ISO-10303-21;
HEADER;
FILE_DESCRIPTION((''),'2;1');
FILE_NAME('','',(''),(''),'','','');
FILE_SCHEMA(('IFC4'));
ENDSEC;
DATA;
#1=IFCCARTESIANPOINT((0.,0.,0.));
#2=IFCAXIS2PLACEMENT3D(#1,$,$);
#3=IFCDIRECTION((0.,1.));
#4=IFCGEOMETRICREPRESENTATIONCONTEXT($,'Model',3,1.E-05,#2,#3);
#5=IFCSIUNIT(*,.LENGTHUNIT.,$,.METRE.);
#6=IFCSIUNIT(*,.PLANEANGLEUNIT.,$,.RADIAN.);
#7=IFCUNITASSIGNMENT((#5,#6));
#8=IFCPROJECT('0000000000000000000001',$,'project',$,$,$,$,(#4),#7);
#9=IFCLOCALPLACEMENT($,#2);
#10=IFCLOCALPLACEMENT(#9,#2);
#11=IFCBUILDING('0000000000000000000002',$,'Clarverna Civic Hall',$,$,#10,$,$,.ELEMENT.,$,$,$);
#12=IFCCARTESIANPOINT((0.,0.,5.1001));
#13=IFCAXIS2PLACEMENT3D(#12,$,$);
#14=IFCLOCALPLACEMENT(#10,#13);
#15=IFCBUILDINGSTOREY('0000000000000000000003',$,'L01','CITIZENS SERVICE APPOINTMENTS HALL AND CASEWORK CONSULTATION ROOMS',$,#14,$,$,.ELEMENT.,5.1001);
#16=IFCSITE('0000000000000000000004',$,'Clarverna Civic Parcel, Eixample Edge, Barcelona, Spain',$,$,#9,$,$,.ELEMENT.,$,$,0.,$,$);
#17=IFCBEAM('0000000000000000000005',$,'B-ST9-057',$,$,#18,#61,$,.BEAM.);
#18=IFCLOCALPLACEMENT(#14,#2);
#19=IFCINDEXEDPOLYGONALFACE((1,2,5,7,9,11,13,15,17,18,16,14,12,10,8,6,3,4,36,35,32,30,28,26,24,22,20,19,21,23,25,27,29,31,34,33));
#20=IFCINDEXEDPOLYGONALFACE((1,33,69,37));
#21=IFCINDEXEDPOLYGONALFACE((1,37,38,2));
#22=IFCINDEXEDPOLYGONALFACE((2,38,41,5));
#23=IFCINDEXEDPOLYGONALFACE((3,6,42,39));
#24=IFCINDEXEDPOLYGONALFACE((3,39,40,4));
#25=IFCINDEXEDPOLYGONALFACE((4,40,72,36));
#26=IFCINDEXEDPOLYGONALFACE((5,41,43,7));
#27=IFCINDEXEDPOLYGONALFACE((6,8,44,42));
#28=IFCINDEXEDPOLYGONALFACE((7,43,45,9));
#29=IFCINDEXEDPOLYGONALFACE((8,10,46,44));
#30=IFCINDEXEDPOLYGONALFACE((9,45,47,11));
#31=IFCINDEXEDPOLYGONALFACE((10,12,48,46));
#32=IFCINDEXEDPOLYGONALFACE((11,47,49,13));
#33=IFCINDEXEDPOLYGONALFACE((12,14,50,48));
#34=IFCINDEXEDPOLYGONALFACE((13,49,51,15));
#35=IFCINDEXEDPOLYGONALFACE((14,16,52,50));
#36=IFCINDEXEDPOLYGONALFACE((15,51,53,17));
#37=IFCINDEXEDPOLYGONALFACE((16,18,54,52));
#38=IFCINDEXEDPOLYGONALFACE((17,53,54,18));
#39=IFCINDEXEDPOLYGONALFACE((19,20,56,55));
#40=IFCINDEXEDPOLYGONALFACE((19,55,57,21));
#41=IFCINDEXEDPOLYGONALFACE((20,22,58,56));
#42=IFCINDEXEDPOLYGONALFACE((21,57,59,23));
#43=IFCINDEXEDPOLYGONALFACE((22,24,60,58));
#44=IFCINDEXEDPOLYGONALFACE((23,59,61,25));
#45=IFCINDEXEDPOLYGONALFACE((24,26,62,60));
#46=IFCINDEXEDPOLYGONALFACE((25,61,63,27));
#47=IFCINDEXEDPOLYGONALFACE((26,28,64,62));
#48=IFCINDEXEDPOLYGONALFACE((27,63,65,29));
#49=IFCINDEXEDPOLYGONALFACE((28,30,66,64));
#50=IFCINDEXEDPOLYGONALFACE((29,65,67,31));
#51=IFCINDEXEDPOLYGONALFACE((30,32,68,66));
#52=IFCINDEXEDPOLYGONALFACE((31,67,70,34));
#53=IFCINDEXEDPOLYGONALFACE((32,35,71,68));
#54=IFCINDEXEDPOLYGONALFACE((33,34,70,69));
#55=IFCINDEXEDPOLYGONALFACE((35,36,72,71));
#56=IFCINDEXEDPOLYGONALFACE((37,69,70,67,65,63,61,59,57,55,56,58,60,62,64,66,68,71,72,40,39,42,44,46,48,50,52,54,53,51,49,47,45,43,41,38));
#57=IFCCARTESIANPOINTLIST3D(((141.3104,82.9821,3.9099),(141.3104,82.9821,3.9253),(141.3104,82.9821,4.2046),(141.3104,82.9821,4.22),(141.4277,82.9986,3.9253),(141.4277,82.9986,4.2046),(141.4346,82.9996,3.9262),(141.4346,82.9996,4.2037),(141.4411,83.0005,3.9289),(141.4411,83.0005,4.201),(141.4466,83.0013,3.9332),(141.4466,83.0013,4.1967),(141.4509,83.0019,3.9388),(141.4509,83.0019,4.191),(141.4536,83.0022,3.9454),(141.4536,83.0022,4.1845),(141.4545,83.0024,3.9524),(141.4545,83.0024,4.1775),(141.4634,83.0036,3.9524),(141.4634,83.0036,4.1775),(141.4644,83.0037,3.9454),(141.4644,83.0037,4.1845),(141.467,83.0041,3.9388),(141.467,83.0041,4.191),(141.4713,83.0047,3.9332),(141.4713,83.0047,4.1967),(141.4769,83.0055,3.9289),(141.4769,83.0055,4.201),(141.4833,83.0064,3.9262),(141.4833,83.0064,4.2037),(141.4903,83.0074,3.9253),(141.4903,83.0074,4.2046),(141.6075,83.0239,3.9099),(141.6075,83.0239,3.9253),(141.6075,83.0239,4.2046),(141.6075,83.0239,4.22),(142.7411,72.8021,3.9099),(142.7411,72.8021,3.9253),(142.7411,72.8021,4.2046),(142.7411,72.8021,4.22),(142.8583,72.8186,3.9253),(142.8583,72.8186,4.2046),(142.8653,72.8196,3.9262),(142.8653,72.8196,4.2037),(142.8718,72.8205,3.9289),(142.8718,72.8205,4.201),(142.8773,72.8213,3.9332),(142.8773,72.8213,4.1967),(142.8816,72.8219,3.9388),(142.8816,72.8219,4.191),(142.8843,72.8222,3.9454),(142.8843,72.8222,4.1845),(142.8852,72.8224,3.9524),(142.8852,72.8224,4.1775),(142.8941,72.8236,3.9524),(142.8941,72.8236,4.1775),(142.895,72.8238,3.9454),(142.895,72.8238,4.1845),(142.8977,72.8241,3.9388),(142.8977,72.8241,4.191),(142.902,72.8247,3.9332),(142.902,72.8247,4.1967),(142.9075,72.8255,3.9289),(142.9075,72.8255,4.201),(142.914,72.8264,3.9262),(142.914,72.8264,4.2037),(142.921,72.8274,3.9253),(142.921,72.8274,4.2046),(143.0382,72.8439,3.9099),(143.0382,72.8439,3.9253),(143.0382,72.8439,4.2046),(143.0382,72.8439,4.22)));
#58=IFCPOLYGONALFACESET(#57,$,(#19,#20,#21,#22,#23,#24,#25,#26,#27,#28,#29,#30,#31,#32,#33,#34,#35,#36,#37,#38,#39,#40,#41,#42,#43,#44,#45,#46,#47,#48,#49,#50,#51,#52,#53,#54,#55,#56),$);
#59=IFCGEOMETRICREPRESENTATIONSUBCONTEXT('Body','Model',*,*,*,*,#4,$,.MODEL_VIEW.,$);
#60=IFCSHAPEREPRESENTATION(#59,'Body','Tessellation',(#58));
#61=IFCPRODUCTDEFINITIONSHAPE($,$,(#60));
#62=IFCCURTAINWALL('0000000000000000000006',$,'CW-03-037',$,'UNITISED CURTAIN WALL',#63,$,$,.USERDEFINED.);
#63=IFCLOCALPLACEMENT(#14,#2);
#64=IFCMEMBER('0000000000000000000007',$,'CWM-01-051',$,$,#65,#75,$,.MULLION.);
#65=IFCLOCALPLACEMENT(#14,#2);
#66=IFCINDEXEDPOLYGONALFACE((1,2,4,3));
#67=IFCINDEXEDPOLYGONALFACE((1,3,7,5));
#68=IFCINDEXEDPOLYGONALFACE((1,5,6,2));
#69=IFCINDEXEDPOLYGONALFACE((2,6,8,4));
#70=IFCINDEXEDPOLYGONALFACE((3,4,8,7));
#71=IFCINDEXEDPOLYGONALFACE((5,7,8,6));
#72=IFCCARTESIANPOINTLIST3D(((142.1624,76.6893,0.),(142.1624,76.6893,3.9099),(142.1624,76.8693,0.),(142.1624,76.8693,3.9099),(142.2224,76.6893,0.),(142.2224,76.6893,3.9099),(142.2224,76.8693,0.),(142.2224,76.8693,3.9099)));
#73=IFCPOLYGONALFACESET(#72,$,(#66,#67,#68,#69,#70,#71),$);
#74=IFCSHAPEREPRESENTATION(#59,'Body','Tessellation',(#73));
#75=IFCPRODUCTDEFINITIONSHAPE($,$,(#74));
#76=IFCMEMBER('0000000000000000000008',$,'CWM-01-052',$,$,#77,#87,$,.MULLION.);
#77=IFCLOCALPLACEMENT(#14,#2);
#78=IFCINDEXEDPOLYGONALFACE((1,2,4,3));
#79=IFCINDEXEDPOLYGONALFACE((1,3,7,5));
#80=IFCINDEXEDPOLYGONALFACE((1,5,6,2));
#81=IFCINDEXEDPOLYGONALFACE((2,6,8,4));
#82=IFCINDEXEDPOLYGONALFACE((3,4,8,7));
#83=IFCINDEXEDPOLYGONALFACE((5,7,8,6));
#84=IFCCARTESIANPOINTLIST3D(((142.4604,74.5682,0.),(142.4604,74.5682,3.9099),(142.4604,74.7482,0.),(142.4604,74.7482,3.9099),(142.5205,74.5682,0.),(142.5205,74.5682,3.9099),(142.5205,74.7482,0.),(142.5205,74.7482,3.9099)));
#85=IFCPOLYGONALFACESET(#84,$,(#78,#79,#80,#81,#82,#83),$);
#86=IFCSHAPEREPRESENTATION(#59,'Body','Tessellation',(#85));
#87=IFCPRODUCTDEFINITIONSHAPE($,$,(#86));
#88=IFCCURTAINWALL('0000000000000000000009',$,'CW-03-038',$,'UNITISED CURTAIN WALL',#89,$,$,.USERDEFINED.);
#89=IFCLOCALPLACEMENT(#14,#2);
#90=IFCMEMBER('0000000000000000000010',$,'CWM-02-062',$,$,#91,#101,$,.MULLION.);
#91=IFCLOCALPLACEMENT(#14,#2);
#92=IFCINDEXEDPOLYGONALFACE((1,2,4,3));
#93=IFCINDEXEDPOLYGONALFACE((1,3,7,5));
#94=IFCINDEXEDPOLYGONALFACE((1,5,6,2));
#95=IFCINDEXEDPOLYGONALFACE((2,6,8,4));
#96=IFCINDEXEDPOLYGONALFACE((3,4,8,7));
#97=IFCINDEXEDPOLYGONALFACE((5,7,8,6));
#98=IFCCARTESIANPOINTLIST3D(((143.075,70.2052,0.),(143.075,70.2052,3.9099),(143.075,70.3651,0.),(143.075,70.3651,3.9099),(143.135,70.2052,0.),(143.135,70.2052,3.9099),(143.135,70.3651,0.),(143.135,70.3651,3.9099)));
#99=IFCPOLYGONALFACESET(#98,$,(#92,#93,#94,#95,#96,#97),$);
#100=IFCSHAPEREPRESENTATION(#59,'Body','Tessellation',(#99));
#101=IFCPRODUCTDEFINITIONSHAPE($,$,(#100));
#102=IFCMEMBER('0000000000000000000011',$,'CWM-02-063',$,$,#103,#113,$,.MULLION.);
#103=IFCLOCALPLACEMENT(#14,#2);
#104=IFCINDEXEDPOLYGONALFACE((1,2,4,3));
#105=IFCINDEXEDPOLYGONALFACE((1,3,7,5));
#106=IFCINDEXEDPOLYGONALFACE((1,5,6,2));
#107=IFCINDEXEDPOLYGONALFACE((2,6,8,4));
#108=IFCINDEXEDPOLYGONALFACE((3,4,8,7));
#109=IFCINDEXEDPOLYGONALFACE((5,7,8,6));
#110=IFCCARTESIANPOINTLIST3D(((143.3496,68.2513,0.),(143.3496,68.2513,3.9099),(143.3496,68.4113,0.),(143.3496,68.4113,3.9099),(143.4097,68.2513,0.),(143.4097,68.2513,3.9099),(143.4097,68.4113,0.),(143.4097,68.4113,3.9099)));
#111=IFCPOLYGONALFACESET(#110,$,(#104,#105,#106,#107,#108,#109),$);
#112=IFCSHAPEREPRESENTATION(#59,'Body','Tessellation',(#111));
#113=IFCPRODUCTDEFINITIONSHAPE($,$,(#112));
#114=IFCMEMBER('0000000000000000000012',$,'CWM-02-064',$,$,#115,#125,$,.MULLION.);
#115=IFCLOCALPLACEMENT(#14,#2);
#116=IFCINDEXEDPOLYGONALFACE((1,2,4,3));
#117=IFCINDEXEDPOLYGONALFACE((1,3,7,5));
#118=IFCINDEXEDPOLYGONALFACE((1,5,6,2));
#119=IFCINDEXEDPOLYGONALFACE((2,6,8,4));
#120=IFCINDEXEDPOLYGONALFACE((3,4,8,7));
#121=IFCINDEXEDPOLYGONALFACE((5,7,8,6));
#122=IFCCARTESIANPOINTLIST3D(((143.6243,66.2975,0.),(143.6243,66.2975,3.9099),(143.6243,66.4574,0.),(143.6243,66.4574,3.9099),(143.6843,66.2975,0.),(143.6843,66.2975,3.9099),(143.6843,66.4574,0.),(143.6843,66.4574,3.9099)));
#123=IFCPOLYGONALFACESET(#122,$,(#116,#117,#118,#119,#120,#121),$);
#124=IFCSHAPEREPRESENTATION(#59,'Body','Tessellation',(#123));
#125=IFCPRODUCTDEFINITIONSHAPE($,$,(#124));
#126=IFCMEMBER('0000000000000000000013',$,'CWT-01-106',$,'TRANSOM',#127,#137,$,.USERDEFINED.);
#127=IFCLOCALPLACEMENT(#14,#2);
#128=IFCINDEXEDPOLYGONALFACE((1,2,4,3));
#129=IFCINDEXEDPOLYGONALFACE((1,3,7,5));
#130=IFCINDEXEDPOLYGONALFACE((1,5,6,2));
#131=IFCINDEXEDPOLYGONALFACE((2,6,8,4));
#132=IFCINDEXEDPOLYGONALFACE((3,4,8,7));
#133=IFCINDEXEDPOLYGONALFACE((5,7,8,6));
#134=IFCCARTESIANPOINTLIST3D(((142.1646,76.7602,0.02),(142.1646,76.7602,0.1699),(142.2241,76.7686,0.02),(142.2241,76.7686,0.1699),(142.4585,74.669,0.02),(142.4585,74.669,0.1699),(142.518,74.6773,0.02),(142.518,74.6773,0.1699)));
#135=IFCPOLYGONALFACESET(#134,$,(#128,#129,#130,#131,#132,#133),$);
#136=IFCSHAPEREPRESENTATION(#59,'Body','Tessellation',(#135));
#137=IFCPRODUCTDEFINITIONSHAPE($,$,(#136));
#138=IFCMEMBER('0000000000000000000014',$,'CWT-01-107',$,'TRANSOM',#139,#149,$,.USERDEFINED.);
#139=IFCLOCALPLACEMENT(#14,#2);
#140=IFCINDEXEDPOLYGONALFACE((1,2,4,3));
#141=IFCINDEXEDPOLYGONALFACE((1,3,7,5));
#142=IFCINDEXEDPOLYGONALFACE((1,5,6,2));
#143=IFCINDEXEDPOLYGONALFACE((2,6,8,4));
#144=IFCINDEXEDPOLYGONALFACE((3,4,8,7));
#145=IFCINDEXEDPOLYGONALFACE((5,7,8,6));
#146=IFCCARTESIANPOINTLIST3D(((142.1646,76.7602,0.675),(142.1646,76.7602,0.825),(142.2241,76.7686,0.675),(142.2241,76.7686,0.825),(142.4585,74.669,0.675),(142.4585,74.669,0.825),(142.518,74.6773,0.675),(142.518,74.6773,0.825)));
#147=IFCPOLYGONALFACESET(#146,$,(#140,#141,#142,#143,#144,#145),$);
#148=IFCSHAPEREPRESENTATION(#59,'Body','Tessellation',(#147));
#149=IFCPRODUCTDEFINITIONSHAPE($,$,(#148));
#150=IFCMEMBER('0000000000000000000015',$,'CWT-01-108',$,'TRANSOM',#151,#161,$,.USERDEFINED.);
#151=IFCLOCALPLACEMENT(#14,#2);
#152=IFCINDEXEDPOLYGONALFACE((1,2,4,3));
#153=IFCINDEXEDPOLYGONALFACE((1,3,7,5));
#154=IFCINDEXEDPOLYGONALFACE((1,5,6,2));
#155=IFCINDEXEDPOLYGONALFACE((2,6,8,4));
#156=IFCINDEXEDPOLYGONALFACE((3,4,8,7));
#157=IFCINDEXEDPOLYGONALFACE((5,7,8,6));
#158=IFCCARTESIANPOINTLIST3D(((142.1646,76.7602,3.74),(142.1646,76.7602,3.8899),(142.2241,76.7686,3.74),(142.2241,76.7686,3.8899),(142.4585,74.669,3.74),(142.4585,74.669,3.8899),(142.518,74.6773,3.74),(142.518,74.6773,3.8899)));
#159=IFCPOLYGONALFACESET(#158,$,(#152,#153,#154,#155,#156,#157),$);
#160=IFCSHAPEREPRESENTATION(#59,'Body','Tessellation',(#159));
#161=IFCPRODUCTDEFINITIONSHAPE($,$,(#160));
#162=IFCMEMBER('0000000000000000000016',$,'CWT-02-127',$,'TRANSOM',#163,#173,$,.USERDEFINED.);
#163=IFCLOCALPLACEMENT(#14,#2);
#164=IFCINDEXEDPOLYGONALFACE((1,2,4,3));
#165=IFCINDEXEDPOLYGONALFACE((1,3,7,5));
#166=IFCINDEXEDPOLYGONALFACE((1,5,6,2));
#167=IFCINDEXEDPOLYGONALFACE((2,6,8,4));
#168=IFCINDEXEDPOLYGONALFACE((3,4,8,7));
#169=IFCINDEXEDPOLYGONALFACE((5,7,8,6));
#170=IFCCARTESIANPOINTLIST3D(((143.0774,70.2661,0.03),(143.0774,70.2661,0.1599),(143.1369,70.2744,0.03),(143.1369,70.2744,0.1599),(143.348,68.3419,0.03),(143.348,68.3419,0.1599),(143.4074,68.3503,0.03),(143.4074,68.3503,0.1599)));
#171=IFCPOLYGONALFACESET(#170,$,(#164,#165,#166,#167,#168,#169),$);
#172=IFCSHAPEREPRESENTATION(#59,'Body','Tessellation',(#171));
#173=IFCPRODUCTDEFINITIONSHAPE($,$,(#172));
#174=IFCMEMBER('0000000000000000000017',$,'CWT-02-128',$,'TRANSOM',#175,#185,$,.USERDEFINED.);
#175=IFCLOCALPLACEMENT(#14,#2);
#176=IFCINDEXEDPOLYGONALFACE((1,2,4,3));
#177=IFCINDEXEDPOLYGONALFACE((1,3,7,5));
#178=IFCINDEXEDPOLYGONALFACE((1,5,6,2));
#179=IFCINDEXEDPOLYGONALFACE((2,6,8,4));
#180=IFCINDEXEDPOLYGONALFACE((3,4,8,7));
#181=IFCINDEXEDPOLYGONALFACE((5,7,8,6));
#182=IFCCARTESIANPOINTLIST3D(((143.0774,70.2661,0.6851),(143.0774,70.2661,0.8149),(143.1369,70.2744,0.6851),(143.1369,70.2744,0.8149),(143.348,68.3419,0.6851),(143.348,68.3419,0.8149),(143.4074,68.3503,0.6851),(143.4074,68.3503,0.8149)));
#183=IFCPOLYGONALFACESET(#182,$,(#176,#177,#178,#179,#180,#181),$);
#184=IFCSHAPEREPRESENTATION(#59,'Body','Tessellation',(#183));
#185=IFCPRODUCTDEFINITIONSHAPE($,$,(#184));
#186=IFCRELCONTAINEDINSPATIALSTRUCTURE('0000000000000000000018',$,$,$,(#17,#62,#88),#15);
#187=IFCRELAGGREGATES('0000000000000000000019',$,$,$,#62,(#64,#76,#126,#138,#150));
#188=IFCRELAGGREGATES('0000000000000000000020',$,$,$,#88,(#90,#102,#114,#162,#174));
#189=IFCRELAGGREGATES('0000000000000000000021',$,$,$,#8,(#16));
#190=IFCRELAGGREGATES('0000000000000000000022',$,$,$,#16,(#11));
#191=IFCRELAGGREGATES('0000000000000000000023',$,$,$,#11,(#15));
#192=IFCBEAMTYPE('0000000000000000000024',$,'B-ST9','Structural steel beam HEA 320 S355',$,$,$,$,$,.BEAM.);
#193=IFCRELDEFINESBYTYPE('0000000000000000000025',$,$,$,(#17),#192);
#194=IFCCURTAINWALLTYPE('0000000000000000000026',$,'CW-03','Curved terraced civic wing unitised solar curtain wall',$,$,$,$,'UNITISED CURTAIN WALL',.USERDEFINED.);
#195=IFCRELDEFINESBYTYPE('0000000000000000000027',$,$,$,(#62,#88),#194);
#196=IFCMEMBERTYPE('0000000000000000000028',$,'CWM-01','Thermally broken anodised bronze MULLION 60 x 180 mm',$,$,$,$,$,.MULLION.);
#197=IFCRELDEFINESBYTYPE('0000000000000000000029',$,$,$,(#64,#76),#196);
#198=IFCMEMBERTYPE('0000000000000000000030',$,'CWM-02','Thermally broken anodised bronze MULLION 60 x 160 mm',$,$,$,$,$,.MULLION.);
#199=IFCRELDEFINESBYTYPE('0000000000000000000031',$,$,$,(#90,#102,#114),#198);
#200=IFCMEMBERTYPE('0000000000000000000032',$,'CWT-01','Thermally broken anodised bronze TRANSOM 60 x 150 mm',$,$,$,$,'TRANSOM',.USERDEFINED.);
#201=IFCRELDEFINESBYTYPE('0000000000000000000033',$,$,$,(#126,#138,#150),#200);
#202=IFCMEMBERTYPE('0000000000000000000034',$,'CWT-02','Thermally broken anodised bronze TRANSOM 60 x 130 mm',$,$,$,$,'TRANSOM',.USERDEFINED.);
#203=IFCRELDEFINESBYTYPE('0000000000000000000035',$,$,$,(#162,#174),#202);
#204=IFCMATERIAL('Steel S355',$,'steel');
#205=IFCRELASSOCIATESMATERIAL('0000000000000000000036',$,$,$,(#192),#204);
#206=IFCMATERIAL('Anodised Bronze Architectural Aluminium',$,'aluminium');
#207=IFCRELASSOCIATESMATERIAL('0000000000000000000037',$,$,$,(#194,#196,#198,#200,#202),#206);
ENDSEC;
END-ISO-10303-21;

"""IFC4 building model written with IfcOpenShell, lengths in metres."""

from ifc_helpers import new_model, si_unit, direction, frame, origin, origin_2d, place, context, subcontext, project, spatial, rectangle, i_section, extrude, material, material_profile, profile_set, type_object, element, aggregate, save


model = new_model("IFC4")

# Units and contexts
model_context = context("Model", 3, precision=1e-05, world=origin(), true_north=direction((0.0, 1.0)))
body_context = subcontext(model_context, "Body", "Model", "MODEL_VIEW")
ifc_project = project(units=[si_unit("LENGTHUNIT", "METRE"), si_unit("PLANEANGLEUNIT", "RADIAN")], contexts=[model_context])

# Site, building, storey
site_placement = place(None, origin())
site = spatial("IfcSite", under=ifc_project, at=site_placement, Name="Clarverna Civic Parcel, Eixample Edge, Barcelona, Spain", CompositionType="ELEMENT", RefElevation=0.0)
building_placement = place(site_placement, origin())
building = spatial("IfcBuilding", under=site, at=building_placement, Name="Clarverna Civic Hall", CompositionType="ELEMENT")
storey_placement = place(building_placement, frame((0.0, 0.0, 5.1001)))
storey = spatial("IfcBuildingStorey", under=building, at=storey_placement, Name="L01", Description="CITIZENS SERVICE APPOINTMENTS HALL AND CASEWORK CONSULTATION ROOMS", CompositionType="ELEMENT", Elevation=5.1001)

# Beam
ifc_material_1 = material(Name="Steel S355", Category="steel")
ifc_material_profile_1 = material_profile(ifc_material_1, i_section(OverallWidth=0.3, OverallDepth=0.3101, WebThickness=0.009, FlangeThickness=0.0154, FilletRadius=0.0271, at=origin_2d()), Name="HEA 320")
ifc_profile_set_1 = profile_set([ifc_material_profile_1], Name="Steel S355")
beam_type_1 = type_object("IfcBeamType", Name="B-ST9", Description="Structural steel beam HEA 320 S355", PredefinedType="BEAM", material=ifc_profile_set_1)
beam_1_placement = place(storey_placement, frame((142.8896, 72.823, 4.0649), z_axis=(-0.13917, 0.990268, 0.0), x_axis=(-0.990268, -0.13917, 0.0)))
element("IfcBeam", 1, at=beam_1_placement, inside=storey, type_object=beam_type_1, Name="B-ST9-057", PredefinedType="BEAM", context=body_context, shape_type="SweptSolid", body=[
    extrude(i_section(OverallWidth=0.3, OverallDepth=0.3101, WebThickness=0.009, FlangeThickness=0.0154, FilletRadius=0.0271, at=origin_2d()), origin(), (0.0, 0.0, 1.0), 10.28),
])

# Curtain walls, members
ifc_material_2 = material(Name="Anodised Bronze Architectural Aluminium", Category="aluminium")
curtain_wall_type = type_object("IfcCurtainWallType", Name="CW-03", Description="Curved terraced civic wing unitised solar curtain wall", ElementType="UNITISED CURTAIN WALL", PredefinedType="USERDEFINED", material=ifc_material_2)
curtain_wall_1_placement = place(storey_placement, origin())
curtain_wall_1 = element("IfcCurtainWall", 2, at=curtain_wall_1_placement, inside=storey, type_object=curtain_wall_type, Name="CW-03-037", ObjectType="UNITISED CURTAIN WALL", PredefinedType="USERDEFINED")
ifc_material_profile_2 = material_profile(ifc_material_2, rectangle(XDim=0.0601, YDim=0.1799, at=origin_2d()), Name="BRONZE 60x180")
ifc_profile_set_2 = profile_set([ifc_material_profile_2], Name="Anodised Bronze Architectural Aluminium")
member_type_1 = type_object("IfcMemberType", Name="CWM-01", Description="Thermally broken anodised bronze MULLION 60 x 180 mm", PredefinedType="MULLION", material=ifc_profile_set_2)
member_1_placement = place(storey_placement, frame((142.1924, 76.7793, 0.0), z_axis=(0.0, 0.0, 1.0), x_axis=(1.0, 0.0, 0.0)))
member_1 = element("IfcMember", 3, at=member_1_placement, type_object=member_type_1, Name="CWM-01-051", PredefinedType="MULLION", context=body_context, shape_type="SweptSolid", body=[
    extrude(rectangle(XDim=0.0601, YDim=0.1799, at=origin_2d()), origin(), (0.0, 0.0, 1.0), 3.9099),
])
member_2_placement = place(storey_placement, frame((142.4905, 74.6582, 0.0), z_axis=(0.0, 0.0, 1.0), x_axis=(1.0, 0.0, 0.0)))
member_2 = element("IfcMember", 4, at=member_2_placement, type_object=member_type_1, Name="CWM-01-052", PredefinedType="MULLION", context=body_context, shape_type="SweptSolid", body=[
    extrude(rectangle(XDim=0.0601, YDim=0.1799, at=origin_2d()), origin(), (0.0, 0.0, 1.0), 3.9099),
])
curtain_wall_2_placement = place(storey_placement, origin())
curtain_wall_2 = element("IfcCurtainWall", 5, at=curtain_wall_2_placement, inside=storey, type_object=curtain_wall_type, Name="CW-03-038", ObjectType="UNITISED CURTAIN WALL", PredefinedType="USERDEFINED")
ifc_material_profile_3 = material_profile(ifc_material_2, rectangle(XDim=0.0601, YDim=0.1599, at=origin_2d()), Name="BRONZE 60x160")
ifc_profile_set_3 = profile_set([ifc_material_profile_3], Name="Anodised Bronze Architectural Aluminium")
member_type_2 = type_object("IfcMemberType", Name="CWM-02", Description="Thermally broken anodised bronze MULLION 60 x 160 mm", PredefinedType="MULLION", material=ifc_profile_set_3)
member_3_placement = place(storey_placement, frame((143.105, 70.2852, 0.0), z_axis=(0.0, 0.0, 1.0), x_axis=(1.0, 0.0, 0.0)))
member_3 = element("IfcMember", 6, at=member_3_placement, type_object=member_type_2, Name="CWM-02-062", PredefinedType="MULLION", context=body_context, shape_type="SweptSolid", body=[
    extrude(rectangle(XDim=0.0601, YDim=0.1599, at=origin_2d()), origin(), (0.0, 0.0, 1.0), 3.9099),
])
member_4_placement = place(storey_placement, frame((143.3796, 68.3313, 0.0), z_axis=(0.0, 0.0, 1.0), x_axis=(1.0, 0.0, 0.0)))
member_4 = element("IfcMember", 7, at=member_4_placement, type_object=member_type_2, Name="CWM-02-063", PredefinedType="MULLION", context=body_context, shape_type="SweptSolid", body=[
    extrude(rectangle(XDim=0.0601, YDim=0.1599, at=origin_2d()), origin(), (0.0, 0.0, 1.0), 3.9099),
])
member_5_placement = place(storey_placement, frame((143.6543, 66.3774, 0.0), z_axis=(0.0, 0.0, 1.0), x_axis=(1.0, 0.0, 0.0)))
member_5 = element("IfcMember", 8, at=member_5_placement, type_object=member_type_2, Name="CWM-02-064", PredefinedType="MULLION", context=body_context, shape_type="SweptSolid", body=[
    extrude(rectangle(XDim=0.0601, YDim=0.1599, at=origin_2d()), origin(), (0.0, 0.0, 1.0), 3.9099),
])

# Members
ifc_material_profile_4 = material_profile(ifc_material_2, rectangle(XDim=0.0601, YDim=0.1499, at=origin_2d()), Name="BRONZE 60x150")
ifc_profile_set_4 = profile_set([ifc_material_profile_4], Name="Anodised Bronze Architectural Aluminium")
member_type_3 = type_object("IfcMemberType", Name="CWT-01", Description="Thermally broken anodised bronze TRANSOM 60 x 150 mm", ElementType="TRANSOM", PredefinedType="USERDEFINED", material=ifc_profile_set_4)
member_6_placement = place(storey_placement, frame((142.1943, 76.7644, 0.095), z_axis=(0.139188, -0.990266, 0.0), x_axis=(0.990266, 0.139188, 0.0)))
member_6 = element("IfcMember", 9, at=member_6_placement, type_object=member_type_3, Name="CWT-01-106", ObjectType="TRANSOM", PredefinedType="USERDEFINED", context=body_context, shape_type="SweptSolid", body=[
    extrude(rectangle(XDim=0.0601, YDim=0.1499, at=origin_2d()), origin(), (0.0, 0.0, 1.0), 2.1118),
])
member_7_placement = place(storey_placement, frame((142.1943, 76.7644, 0.75), z_axis=(0.139188, -0.990266, 0.0), x_axis=(0.990266, 0.139188, 0.0)))
member_7 = element("IfcMember", 10, at=member_7_placement, type_object=member_type_3, Name="CWT-01-107", ObjectType="TRANSOM", PredefinedType="USERDEFINED", context=body_context, shape_type="SweptSolid", body=[
    extrude(rectangle(XDim=0.0601, YDim=0.1499, at=origin_2d()), origin(), (0.0, 0.0, 1.0), 2.1118),
])
member_8_placement = place(storey_placement, frame((142.1943, 76.7644, 3.8149), z_axis=(0.139188, -0.990266, 0.0), x_axis=(0.990266, 0.139188, 0.0)))
member_8 = element("IfcMember", 11, at=member_8_placement, type_object=member_type_3, Name="CWT-01-108", ObjectType="TRANSOM", PredefinedType="USERDEFINED", context=body_context, shape_type="SweptSolid", body=[
    extrude(rectangle(XDim=0.0601, YDim=0.1499, at=origin_2d()), origin(), (0.0, 0.0, 1.0), 2.1118),
])
ifc_material_profile_5 = material_profile(ifc_material_2, rectangle(XDim=0.0601, YDim=0.1299, at=origin_2d()), Name="BRONZE 60x130")
ifc_profile_set_5 = profile_set([ifc_material_profile_5], Name="Anodised Bronze Architectural Aluminium")
member_type_4 = type_object("IfcMemberType", Name="CWT-02", Description="Thermally broken anodised bronze TRANSOM 60 x 130 mm", ElementType="TRANSOM", PredefinedType="USERDEFINED", material=ifc_profile_set_5)
member_9_placement = place(storey_placement, frame((143.1072, 70.2703, 0.095), z_axis=(0.139222, -0.990261, 0.0), x_axis=(0.990261, 0.139222, 0.0)))
member_9 = element("IfcMember", 12, at=member_9_placement, type_object=member_type_4, Name="CWT-02-127", ObjectType="TRANSOM", PredefinedType="USERDEFINED", context=body_context, shape_type="SweptSolid", body=[
    extrude(rectangle(XDim=0.0601, YDim=0.1299, at=origin_2d()), origin(), (0.0, 0.0, 1.0), 1.9431),
])
member_10_placement = place(storey_placement, frame((143.1072, 70.2703, 0.75), z_axis=(0.139222, -0.990261, 0.0), x_axis=(0.990261, 0.139222, 0.0)))
member_10 = element("IfcMember", 13, at=member_10_placement, type_object=member_type_4, Name="CWT-02-128", ObjectType="TRANSOM", PredefinedType="USERDEFINED", context=body_context, shape_type="SweptSolid", body=[
    extrude(rectangle(XDim=0.0601, YDim=0.1299, at=origin_2d()), origin(), (0.0, 0.0, 1.0), 1.9431),
])

aggregate(curtain_wall_1, [member_1, member_2, member_6, member_7, member_8])
aggregate(curtain_wall_2, [member_3, member_4, member_5, member_9, member_10])

save(model, "model.ifc")
